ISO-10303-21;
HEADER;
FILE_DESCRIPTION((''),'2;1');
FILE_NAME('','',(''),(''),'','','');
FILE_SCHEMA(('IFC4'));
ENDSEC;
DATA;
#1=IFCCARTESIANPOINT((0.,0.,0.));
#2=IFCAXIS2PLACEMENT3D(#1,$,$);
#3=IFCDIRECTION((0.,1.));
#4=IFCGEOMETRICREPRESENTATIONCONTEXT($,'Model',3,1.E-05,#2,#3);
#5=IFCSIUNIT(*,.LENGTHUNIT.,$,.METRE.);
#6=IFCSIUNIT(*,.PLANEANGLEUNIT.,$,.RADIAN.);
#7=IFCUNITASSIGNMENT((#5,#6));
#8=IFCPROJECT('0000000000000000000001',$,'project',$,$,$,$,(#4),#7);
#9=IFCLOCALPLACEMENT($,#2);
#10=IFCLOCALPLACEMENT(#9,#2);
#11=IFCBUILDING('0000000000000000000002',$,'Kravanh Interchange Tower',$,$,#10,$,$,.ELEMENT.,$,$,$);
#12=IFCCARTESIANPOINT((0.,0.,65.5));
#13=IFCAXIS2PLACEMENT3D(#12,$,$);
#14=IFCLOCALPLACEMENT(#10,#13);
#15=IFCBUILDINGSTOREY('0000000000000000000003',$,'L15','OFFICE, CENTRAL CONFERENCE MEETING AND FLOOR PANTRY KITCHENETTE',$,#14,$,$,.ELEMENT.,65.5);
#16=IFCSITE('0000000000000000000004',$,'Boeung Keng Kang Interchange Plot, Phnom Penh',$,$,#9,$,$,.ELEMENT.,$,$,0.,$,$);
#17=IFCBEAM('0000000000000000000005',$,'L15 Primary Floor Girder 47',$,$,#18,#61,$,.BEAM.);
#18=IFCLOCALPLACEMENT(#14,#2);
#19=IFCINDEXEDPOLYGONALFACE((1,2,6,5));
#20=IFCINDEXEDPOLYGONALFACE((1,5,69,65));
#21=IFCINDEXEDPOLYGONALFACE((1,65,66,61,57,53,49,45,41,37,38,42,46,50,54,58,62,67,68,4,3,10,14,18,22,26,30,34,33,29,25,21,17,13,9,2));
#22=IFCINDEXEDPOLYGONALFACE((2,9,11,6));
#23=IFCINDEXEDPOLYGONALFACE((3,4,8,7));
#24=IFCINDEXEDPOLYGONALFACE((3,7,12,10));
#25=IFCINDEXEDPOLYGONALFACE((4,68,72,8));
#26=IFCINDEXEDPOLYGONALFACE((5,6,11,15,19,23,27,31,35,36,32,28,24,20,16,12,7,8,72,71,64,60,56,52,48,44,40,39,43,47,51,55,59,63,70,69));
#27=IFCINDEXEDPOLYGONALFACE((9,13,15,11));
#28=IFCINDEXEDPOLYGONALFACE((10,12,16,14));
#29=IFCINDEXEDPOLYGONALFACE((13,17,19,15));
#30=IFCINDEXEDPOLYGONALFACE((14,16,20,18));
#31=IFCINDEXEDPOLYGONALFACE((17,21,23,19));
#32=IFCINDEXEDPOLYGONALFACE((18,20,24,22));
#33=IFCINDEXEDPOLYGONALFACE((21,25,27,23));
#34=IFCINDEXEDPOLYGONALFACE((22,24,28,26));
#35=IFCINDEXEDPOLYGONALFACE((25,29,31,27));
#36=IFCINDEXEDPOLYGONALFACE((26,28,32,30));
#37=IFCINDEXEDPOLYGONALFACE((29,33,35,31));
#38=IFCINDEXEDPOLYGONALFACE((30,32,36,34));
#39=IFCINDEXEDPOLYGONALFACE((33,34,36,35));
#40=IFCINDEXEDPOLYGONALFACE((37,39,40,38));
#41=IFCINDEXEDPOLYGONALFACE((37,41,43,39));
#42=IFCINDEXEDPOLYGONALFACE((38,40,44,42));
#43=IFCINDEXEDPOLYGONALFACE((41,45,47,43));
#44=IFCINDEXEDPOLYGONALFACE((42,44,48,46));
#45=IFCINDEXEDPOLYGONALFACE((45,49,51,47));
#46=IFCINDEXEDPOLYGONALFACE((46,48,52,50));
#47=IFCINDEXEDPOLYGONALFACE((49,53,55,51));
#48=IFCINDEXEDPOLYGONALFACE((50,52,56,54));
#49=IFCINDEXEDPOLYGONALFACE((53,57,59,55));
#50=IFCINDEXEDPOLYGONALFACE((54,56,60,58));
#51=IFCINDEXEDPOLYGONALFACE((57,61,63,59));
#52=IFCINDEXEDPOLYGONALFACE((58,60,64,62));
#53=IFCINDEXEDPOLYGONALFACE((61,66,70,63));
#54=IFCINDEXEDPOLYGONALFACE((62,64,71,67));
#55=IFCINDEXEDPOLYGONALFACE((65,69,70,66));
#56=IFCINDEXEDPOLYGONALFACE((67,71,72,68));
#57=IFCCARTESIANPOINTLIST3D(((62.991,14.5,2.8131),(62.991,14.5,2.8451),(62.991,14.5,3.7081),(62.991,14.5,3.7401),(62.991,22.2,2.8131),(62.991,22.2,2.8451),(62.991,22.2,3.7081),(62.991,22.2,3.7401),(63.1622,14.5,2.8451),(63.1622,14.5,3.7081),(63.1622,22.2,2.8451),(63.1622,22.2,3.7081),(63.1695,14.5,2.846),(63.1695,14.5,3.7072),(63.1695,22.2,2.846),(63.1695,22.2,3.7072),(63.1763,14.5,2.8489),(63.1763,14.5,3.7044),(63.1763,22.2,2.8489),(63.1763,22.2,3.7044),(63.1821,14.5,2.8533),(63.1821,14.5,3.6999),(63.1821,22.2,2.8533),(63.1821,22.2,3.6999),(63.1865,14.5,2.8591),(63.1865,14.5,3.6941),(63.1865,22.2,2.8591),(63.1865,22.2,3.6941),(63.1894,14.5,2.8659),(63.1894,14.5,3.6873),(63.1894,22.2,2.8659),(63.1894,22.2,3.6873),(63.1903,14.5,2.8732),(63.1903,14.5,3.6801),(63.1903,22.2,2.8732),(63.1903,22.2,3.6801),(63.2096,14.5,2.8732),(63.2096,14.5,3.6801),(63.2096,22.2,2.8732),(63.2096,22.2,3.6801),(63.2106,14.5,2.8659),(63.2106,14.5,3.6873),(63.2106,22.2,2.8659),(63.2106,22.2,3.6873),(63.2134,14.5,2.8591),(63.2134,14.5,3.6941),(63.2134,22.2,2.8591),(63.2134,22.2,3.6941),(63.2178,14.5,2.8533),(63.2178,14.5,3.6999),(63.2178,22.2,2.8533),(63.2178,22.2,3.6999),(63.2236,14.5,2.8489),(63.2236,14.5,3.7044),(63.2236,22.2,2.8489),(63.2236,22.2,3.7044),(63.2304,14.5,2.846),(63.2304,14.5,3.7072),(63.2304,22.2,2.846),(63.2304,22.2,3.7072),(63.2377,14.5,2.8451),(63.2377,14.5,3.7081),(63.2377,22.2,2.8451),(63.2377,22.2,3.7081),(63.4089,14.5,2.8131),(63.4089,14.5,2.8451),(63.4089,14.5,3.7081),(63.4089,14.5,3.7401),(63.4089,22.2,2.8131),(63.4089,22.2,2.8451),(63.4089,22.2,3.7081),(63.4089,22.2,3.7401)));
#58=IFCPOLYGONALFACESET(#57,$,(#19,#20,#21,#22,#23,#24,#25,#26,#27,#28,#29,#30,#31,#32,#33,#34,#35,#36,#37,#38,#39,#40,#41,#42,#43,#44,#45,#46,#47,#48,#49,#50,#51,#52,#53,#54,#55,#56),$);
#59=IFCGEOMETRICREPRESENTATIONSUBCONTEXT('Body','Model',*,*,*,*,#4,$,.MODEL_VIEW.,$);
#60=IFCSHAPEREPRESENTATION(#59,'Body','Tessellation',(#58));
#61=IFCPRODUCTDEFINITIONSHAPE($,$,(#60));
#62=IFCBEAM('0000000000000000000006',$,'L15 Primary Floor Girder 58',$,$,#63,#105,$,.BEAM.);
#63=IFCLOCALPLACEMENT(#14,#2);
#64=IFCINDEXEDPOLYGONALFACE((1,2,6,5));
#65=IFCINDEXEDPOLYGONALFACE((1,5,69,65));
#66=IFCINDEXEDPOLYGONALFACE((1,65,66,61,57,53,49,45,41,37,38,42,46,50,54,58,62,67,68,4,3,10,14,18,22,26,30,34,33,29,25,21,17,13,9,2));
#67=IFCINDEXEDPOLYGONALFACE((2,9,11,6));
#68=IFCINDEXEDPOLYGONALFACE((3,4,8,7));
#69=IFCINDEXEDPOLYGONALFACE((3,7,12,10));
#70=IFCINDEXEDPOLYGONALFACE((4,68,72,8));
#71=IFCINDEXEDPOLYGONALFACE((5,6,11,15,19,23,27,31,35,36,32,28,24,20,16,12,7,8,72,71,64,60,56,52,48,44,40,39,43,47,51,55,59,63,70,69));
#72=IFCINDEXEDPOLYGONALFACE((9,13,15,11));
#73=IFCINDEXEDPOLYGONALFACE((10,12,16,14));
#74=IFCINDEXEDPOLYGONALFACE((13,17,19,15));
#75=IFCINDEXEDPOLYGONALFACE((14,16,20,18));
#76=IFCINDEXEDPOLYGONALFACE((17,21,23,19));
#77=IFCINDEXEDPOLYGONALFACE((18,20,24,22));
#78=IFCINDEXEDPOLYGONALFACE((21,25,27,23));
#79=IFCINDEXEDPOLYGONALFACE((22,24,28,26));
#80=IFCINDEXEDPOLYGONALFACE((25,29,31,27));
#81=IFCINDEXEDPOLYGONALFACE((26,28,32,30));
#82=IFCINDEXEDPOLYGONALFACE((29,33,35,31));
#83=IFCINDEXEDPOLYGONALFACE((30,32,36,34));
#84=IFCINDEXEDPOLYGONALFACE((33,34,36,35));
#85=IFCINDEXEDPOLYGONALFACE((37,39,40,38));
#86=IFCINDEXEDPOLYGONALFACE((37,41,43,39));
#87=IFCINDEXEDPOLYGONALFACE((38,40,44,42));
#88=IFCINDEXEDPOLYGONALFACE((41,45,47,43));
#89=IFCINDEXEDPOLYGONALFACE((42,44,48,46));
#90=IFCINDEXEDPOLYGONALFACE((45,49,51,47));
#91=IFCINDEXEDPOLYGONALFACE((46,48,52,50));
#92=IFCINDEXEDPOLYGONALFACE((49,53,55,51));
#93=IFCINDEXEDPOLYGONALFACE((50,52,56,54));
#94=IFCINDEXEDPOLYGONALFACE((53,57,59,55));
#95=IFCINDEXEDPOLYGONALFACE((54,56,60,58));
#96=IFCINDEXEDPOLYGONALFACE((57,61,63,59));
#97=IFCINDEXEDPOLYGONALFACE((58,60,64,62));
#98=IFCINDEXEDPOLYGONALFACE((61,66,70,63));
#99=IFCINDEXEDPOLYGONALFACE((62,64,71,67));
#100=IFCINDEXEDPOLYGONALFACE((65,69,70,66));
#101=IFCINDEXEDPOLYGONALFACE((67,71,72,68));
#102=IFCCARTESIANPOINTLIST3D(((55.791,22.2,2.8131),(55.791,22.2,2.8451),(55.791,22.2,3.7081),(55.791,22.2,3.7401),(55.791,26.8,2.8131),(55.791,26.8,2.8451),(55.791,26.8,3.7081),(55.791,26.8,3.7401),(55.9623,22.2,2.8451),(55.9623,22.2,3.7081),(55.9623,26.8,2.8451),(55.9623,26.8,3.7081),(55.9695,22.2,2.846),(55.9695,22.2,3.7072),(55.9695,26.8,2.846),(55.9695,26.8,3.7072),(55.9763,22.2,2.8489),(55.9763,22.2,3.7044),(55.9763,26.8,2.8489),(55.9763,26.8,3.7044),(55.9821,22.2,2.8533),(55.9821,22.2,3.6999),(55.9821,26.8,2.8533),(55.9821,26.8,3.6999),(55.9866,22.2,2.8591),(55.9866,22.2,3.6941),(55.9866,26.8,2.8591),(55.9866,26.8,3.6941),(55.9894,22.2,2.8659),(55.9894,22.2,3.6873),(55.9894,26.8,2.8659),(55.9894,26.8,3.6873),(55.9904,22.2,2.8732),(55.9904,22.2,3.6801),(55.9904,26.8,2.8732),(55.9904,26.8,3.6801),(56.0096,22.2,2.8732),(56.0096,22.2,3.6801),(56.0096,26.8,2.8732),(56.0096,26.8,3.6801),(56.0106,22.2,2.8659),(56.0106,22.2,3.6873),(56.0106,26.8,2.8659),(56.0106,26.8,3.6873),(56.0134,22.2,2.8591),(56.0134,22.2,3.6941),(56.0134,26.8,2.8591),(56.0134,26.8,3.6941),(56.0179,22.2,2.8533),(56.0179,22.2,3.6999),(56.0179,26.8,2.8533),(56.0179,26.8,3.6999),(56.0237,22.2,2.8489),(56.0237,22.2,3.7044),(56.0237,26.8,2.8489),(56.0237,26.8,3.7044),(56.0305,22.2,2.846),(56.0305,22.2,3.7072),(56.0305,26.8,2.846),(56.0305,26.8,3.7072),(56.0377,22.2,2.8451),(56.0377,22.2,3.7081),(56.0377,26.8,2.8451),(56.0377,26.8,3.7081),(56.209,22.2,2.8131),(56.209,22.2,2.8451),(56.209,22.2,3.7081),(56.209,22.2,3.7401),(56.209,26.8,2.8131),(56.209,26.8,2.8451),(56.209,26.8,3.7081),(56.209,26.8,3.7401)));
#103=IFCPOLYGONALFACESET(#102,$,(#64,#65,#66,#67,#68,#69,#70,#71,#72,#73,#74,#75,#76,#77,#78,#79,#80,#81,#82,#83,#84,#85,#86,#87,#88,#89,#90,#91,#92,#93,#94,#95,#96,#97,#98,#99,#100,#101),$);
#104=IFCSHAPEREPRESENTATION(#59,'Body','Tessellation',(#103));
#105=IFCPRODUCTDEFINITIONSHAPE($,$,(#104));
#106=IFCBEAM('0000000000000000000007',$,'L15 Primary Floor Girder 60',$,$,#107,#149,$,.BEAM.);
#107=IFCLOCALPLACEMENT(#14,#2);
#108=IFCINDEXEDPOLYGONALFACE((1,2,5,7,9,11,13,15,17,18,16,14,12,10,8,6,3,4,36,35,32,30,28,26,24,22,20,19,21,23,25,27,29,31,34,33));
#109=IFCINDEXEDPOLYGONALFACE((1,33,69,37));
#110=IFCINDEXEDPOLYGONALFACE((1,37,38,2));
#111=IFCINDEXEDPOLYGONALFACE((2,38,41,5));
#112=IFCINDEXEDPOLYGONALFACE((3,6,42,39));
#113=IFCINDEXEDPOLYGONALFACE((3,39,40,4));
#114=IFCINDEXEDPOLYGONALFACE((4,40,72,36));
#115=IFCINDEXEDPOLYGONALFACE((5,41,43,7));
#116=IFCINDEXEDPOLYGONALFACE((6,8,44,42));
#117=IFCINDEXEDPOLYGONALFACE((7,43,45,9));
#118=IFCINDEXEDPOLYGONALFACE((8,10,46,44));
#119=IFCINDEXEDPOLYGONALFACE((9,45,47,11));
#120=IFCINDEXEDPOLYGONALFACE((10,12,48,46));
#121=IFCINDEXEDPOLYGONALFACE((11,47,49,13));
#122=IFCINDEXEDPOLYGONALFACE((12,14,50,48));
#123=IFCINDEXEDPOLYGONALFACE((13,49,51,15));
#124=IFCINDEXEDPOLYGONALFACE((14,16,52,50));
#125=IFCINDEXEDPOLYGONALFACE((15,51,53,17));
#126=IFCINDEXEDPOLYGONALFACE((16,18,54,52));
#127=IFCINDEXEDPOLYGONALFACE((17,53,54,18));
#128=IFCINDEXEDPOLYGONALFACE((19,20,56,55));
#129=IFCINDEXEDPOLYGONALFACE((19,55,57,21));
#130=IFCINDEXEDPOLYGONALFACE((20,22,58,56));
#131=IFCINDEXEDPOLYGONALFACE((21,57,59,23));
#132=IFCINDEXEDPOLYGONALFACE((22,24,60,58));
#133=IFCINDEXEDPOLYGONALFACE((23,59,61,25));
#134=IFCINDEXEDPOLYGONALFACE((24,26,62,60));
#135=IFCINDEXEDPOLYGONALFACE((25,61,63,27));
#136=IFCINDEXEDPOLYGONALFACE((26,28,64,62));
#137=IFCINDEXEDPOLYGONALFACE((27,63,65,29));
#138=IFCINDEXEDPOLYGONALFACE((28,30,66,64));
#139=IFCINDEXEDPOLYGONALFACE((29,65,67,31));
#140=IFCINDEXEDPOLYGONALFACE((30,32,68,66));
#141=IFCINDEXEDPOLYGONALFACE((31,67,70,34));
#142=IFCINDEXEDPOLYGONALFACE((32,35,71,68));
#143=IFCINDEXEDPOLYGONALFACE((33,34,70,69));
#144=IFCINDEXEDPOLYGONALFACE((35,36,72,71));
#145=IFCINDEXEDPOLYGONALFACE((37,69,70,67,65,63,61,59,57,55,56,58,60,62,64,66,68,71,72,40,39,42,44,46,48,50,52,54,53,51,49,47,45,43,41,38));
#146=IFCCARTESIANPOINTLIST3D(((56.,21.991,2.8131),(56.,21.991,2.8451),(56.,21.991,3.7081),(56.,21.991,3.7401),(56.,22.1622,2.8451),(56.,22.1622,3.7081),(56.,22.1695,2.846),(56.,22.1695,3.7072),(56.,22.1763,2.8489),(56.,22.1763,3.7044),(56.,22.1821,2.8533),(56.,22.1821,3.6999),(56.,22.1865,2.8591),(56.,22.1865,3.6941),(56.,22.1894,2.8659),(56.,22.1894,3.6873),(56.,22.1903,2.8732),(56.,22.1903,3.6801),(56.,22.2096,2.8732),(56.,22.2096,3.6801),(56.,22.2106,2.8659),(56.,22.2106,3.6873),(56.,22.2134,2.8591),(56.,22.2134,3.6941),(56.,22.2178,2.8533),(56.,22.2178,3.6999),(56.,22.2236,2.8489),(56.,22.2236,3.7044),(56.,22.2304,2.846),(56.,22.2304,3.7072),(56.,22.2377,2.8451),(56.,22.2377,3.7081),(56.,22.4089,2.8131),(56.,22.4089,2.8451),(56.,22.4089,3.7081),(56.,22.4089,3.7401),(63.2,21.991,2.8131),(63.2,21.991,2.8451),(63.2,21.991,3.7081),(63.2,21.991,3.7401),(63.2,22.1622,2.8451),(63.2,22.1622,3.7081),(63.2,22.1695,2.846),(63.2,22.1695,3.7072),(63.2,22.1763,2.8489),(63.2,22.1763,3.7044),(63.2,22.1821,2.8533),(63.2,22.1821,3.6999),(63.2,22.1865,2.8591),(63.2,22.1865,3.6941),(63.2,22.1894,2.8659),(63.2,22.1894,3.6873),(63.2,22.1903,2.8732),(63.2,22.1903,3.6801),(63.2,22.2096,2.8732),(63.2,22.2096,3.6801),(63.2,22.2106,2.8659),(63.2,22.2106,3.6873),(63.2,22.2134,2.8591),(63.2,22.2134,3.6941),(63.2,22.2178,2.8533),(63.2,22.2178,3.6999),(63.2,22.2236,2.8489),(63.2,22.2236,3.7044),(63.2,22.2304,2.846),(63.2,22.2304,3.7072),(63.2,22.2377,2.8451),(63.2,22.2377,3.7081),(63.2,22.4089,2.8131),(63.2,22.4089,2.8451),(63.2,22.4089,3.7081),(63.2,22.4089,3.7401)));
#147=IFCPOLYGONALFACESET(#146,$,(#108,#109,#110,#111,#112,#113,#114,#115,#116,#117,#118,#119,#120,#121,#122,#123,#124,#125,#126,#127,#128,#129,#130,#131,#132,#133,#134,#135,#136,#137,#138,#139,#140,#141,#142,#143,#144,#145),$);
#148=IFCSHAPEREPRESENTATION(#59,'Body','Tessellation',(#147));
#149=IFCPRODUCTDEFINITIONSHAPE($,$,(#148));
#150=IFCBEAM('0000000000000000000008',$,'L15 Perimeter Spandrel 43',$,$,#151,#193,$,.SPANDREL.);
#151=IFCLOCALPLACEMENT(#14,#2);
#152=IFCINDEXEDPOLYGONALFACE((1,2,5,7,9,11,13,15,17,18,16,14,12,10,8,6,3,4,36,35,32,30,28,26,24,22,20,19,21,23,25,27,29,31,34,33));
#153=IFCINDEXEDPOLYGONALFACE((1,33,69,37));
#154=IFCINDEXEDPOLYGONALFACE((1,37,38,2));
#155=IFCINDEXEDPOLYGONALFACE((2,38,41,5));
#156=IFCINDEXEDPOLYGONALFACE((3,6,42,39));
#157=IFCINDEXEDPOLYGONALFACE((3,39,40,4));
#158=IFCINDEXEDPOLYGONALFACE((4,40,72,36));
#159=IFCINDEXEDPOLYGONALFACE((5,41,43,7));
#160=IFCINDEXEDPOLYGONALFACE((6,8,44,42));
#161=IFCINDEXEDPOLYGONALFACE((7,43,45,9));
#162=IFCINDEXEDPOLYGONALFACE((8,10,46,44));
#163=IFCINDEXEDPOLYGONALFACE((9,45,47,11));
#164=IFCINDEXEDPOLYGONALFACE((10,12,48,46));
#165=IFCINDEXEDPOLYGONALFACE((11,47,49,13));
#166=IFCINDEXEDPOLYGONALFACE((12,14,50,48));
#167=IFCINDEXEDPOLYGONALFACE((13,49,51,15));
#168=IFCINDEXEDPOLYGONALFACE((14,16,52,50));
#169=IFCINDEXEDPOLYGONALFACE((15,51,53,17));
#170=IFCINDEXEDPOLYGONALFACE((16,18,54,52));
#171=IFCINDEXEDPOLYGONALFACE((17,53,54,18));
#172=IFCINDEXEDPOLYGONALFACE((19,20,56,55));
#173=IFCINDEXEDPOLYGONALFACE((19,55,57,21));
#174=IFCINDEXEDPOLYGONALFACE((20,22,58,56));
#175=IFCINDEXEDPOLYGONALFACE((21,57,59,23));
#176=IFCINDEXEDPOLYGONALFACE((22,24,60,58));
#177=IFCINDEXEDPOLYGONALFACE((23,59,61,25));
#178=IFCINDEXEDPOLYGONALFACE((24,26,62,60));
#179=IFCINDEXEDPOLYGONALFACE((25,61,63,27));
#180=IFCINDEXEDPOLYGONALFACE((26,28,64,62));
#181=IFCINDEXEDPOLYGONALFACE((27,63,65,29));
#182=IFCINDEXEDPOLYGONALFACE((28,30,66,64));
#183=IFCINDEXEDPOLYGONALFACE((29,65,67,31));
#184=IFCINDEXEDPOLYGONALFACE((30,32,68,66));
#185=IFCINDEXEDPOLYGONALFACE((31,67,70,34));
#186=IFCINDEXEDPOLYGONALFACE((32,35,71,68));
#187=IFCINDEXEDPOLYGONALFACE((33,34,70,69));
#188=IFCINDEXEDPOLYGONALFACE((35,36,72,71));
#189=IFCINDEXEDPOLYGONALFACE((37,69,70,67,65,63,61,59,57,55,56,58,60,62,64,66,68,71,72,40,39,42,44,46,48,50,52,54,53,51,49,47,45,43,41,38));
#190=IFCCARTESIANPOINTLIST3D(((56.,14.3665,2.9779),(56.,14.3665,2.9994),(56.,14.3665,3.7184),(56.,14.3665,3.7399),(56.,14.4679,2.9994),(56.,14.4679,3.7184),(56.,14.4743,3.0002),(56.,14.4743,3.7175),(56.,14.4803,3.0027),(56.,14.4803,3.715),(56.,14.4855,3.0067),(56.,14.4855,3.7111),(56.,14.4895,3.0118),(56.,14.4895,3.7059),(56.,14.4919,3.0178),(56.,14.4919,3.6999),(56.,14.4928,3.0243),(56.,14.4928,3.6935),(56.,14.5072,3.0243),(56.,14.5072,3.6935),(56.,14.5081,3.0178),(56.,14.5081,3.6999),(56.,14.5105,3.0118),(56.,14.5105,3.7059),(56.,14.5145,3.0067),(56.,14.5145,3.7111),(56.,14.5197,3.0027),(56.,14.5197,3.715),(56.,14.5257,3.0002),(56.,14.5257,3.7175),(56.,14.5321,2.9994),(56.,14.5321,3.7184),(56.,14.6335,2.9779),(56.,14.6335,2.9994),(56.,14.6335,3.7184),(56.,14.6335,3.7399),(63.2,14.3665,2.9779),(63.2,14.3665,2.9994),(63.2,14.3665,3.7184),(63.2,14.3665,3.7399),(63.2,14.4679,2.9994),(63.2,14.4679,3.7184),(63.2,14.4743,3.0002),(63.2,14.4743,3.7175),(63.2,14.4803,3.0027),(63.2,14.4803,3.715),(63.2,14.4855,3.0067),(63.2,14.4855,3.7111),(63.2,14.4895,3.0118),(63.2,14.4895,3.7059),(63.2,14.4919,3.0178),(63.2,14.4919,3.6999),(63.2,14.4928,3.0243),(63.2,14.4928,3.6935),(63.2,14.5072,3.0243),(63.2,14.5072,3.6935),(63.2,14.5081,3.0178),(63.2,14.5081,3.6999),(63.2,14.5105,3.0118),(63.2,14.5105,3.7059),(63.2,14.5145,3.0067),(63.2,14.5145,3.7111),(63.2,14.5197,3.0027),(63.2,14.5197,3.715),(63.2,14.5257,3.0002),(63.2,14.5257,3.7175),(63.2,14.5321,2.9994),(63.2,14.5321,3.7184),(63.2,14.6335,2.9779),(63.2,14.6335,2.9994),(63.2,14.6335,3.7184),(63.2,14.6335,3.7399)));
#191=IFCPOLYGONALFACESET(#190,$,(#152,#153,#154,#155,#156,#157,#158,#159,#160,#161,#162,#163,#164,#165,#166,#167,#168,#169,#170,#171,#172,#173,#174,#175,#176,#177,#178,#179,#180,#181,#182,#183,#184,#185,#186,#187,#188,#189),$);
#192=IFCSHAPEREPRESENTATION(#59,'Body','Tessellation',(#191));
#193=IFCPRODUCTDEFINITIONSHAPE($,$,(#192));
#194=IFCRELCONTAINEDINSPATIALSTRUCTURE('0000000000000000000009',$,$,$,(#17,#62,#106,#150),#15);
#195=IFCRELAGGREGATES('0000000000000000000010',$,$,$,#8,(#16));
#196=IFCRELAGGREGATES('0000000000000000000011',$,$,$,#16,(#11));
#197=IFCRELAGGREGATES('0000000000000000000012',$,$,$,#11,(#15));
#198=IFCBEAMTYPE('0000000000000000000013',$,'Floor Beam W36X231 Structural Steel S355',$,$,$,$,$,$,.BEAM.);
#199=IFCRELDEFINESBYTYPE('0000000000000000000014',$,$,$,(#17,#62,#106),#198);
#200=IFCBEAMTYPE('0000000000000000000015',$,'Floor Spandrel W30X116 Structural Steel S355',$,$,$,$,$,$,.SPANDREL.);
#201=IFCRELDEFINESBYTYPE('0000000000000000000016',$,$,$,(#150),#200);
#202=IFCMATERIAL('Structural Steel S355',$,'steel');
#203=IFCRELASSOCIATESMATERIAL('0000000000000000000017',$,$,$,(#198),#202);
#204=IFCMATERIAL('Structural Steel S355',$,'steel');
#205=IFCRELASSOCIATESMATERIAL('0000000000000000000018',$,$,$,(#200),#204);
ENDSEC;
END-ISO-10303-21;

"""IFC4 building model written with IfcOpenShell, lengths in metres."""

from ifc_helpers import new_model, si_unit, direction, frame, origin, origin_2d, place, context, subcontext, project, spatial, i_section, extrude, material, material_profile, profile_set, type_object, element, save


model = new_model("IFC4")

# Units and contexts
model_context = context("Model", 3, precision=1e-05, world=origin(), true_north=direction((0.0, 1.0)))
body_context = subcontext(model_context, "Body", "Model", "MODEL_VIEW")
ifc_project = project(units=[si_unit("LENGTHUNIT", "METRE"), si_unit("PLANEANGLEUNIT", "RADIAN")], contexts=[model_context])

# Site, building, storey
site_placement = place(None, origin())
site = spatial("IfcSite", under=ifc_project, at=site_placement, Name="Boeung Keng Kang Interchange Plot, Phnom Penh", CompositionType="ELEMENT", RefElevation=0.0)
building_placement = place(site_placement, origin())
building = spatial("IfcBuilding", under=site, at=building_placement, Name="Kravanh Interchange Tower", CompositionType="ELEMENT")
storey_placement = place(building_placement, frame((0.0, 0.0, 65.5)))
storey = spatial("IfcBuildingStorey", under=building, at=storey_placement, Name="L15", Description="OFFICE, CENTRAL CONFERENCE MEETING AND FLOOR PANTRY KITCHENETTE", CompositionType="ELEMENT", Elevation=65.5)

# Beams
ifc_material_1 = material(Name="Structural Steel S355", Category="steel")
ifc_material_profile_1 = material_profile(ifc_material_1, i_section(OverallWidth=0.418, OverallDepth=0.927, WebThickness=0.0193, FlangeThickness=0.032, FilletRadius=0.0281, at=origin_2d()), Name="W36X231")
ifc_profile_set_1 = profile_set([ifc_material_profile_1], Name="Structural Steel S355")
beam_type_1 = type_object("IfcBeamType", Name="Floor Beam W36X231 Structural Steel S355", PredefinedType="BEAM", material=ifc_profile_set_1)
for number, where, z_axis, x_axis, name in (
    (1, (63.2, 14.5, 3.2766), (0.0, 1.0, 0.0), (-1.0, 0.0, 0.0), "L15 Primary Floor Girder 47"),
):
    element("IfcBeam", number, at=place(storey_placement, frame(where, z_axis=z_axis, x_axis=x_axis)), inside=storey, type_object=beam_type_1, Name=name, PredefinedType="BEAM", context=body_context, shape_type="SweptSolid", body=[
        extrude(i_section(OverallWidth=0.418, OverallDepth=0.927, WebThickness=0.0193, FlangeThickness=0.032, FilletRadius=0.0281, at=origin_2d()), origin(), (0.0, 0.0, 1.0), 7.7),
    ])
beam_1_placement = place(storey_placement, frame((56.0, 22.2, 3.2766), z_axis=(0.0, 1.0, 0.0), x_axis=(-1.0, 0.0, 0.0)))
element("IfcBeam", 2, at=beam_1_placement, inside=storey, type_object=beam_type_1, Name="L15 Primary Floor Girder 58", PredefinedType="BEAM", context=body_context, shape_type="SweptSolid", body=[
    extrude(i_section(OverallWidth=0.418, OverallDepth=0.927, WebThickness=0.0193, FlangeThickness=0.032, FilletRadius=0.0281, at=origin_2d()), origin(), (0.0, 0.0, 1.0), 4.6001),
])
beam_2_placement = place(storey_placement, frame((56.0, 22.2, 3.2766), z_axis=(1.0, 0.0, 0.0), x_axis=(0.0, 1.0, 0.0)))
element("IfcBeam", 3, at=beam_2_placement, inside=storey, type_object=beam_type_1, Name="L15 Primary Floor Girder 60", PredefinedType="BEAM", context=body_context, shape_type="SweptSolid", body=[
    extrude(i_section(OverallWidth=0.418, OverallDepth=0.927, WebThickness=0.0193, FlangeThickness=0.032, FilletRadius=0.0281, at=origin_2d()), origin(), (0.0, 0.0, 1.0), 7.2),
])
ifc_material_2 = material(Name="Structural Steel S355", Category="steel")
ifc_material_profile_2 = material_profile(ifc_material_2, i_section(OverallWidth=0.2671, OverallDepth=0.762, WebThickness=0.0144, FlangeThickness=0.0215, FilletRadius=0.0249, at=origin_2d()), Name="W30X116")
ifc_profile_set_2 = profile_set([ifc_material_profile_2], Name="Structural Steel S355")
beam_type_2 = type_object("IfcBeamType", Name="Floor Spandrel W30X116 Structural Steel S355", PredefinedType="SPANDREL", material=ifc_profile_set_2)
beam_3_placement = place(storey_placement, frame((56.0, 14.5, 3.3589), z_axis=(1.0, 0.0, 0.0), x_axis=(0.0, 1.0, 0.0)))
element("IfcBeam", 4, at=beam_3_placement, inside=storey, type_object=beam_type_2, Name="L15 Perimeter Spandrel 43", PredefinedType="SPANDREL", context=body_context, shape_type="SweptSolid", body=[
    extrude(i_section(OverallWidth=0.2671, OverallDepth=0.762, WebThickness=0.0144, FlangeThickness=0.0215, FilletRadius=0.0249, at=origin_2d()), origin(), (0.0, 0.0, 1.0), 7.2),
])

save(model, "model.ifc")
